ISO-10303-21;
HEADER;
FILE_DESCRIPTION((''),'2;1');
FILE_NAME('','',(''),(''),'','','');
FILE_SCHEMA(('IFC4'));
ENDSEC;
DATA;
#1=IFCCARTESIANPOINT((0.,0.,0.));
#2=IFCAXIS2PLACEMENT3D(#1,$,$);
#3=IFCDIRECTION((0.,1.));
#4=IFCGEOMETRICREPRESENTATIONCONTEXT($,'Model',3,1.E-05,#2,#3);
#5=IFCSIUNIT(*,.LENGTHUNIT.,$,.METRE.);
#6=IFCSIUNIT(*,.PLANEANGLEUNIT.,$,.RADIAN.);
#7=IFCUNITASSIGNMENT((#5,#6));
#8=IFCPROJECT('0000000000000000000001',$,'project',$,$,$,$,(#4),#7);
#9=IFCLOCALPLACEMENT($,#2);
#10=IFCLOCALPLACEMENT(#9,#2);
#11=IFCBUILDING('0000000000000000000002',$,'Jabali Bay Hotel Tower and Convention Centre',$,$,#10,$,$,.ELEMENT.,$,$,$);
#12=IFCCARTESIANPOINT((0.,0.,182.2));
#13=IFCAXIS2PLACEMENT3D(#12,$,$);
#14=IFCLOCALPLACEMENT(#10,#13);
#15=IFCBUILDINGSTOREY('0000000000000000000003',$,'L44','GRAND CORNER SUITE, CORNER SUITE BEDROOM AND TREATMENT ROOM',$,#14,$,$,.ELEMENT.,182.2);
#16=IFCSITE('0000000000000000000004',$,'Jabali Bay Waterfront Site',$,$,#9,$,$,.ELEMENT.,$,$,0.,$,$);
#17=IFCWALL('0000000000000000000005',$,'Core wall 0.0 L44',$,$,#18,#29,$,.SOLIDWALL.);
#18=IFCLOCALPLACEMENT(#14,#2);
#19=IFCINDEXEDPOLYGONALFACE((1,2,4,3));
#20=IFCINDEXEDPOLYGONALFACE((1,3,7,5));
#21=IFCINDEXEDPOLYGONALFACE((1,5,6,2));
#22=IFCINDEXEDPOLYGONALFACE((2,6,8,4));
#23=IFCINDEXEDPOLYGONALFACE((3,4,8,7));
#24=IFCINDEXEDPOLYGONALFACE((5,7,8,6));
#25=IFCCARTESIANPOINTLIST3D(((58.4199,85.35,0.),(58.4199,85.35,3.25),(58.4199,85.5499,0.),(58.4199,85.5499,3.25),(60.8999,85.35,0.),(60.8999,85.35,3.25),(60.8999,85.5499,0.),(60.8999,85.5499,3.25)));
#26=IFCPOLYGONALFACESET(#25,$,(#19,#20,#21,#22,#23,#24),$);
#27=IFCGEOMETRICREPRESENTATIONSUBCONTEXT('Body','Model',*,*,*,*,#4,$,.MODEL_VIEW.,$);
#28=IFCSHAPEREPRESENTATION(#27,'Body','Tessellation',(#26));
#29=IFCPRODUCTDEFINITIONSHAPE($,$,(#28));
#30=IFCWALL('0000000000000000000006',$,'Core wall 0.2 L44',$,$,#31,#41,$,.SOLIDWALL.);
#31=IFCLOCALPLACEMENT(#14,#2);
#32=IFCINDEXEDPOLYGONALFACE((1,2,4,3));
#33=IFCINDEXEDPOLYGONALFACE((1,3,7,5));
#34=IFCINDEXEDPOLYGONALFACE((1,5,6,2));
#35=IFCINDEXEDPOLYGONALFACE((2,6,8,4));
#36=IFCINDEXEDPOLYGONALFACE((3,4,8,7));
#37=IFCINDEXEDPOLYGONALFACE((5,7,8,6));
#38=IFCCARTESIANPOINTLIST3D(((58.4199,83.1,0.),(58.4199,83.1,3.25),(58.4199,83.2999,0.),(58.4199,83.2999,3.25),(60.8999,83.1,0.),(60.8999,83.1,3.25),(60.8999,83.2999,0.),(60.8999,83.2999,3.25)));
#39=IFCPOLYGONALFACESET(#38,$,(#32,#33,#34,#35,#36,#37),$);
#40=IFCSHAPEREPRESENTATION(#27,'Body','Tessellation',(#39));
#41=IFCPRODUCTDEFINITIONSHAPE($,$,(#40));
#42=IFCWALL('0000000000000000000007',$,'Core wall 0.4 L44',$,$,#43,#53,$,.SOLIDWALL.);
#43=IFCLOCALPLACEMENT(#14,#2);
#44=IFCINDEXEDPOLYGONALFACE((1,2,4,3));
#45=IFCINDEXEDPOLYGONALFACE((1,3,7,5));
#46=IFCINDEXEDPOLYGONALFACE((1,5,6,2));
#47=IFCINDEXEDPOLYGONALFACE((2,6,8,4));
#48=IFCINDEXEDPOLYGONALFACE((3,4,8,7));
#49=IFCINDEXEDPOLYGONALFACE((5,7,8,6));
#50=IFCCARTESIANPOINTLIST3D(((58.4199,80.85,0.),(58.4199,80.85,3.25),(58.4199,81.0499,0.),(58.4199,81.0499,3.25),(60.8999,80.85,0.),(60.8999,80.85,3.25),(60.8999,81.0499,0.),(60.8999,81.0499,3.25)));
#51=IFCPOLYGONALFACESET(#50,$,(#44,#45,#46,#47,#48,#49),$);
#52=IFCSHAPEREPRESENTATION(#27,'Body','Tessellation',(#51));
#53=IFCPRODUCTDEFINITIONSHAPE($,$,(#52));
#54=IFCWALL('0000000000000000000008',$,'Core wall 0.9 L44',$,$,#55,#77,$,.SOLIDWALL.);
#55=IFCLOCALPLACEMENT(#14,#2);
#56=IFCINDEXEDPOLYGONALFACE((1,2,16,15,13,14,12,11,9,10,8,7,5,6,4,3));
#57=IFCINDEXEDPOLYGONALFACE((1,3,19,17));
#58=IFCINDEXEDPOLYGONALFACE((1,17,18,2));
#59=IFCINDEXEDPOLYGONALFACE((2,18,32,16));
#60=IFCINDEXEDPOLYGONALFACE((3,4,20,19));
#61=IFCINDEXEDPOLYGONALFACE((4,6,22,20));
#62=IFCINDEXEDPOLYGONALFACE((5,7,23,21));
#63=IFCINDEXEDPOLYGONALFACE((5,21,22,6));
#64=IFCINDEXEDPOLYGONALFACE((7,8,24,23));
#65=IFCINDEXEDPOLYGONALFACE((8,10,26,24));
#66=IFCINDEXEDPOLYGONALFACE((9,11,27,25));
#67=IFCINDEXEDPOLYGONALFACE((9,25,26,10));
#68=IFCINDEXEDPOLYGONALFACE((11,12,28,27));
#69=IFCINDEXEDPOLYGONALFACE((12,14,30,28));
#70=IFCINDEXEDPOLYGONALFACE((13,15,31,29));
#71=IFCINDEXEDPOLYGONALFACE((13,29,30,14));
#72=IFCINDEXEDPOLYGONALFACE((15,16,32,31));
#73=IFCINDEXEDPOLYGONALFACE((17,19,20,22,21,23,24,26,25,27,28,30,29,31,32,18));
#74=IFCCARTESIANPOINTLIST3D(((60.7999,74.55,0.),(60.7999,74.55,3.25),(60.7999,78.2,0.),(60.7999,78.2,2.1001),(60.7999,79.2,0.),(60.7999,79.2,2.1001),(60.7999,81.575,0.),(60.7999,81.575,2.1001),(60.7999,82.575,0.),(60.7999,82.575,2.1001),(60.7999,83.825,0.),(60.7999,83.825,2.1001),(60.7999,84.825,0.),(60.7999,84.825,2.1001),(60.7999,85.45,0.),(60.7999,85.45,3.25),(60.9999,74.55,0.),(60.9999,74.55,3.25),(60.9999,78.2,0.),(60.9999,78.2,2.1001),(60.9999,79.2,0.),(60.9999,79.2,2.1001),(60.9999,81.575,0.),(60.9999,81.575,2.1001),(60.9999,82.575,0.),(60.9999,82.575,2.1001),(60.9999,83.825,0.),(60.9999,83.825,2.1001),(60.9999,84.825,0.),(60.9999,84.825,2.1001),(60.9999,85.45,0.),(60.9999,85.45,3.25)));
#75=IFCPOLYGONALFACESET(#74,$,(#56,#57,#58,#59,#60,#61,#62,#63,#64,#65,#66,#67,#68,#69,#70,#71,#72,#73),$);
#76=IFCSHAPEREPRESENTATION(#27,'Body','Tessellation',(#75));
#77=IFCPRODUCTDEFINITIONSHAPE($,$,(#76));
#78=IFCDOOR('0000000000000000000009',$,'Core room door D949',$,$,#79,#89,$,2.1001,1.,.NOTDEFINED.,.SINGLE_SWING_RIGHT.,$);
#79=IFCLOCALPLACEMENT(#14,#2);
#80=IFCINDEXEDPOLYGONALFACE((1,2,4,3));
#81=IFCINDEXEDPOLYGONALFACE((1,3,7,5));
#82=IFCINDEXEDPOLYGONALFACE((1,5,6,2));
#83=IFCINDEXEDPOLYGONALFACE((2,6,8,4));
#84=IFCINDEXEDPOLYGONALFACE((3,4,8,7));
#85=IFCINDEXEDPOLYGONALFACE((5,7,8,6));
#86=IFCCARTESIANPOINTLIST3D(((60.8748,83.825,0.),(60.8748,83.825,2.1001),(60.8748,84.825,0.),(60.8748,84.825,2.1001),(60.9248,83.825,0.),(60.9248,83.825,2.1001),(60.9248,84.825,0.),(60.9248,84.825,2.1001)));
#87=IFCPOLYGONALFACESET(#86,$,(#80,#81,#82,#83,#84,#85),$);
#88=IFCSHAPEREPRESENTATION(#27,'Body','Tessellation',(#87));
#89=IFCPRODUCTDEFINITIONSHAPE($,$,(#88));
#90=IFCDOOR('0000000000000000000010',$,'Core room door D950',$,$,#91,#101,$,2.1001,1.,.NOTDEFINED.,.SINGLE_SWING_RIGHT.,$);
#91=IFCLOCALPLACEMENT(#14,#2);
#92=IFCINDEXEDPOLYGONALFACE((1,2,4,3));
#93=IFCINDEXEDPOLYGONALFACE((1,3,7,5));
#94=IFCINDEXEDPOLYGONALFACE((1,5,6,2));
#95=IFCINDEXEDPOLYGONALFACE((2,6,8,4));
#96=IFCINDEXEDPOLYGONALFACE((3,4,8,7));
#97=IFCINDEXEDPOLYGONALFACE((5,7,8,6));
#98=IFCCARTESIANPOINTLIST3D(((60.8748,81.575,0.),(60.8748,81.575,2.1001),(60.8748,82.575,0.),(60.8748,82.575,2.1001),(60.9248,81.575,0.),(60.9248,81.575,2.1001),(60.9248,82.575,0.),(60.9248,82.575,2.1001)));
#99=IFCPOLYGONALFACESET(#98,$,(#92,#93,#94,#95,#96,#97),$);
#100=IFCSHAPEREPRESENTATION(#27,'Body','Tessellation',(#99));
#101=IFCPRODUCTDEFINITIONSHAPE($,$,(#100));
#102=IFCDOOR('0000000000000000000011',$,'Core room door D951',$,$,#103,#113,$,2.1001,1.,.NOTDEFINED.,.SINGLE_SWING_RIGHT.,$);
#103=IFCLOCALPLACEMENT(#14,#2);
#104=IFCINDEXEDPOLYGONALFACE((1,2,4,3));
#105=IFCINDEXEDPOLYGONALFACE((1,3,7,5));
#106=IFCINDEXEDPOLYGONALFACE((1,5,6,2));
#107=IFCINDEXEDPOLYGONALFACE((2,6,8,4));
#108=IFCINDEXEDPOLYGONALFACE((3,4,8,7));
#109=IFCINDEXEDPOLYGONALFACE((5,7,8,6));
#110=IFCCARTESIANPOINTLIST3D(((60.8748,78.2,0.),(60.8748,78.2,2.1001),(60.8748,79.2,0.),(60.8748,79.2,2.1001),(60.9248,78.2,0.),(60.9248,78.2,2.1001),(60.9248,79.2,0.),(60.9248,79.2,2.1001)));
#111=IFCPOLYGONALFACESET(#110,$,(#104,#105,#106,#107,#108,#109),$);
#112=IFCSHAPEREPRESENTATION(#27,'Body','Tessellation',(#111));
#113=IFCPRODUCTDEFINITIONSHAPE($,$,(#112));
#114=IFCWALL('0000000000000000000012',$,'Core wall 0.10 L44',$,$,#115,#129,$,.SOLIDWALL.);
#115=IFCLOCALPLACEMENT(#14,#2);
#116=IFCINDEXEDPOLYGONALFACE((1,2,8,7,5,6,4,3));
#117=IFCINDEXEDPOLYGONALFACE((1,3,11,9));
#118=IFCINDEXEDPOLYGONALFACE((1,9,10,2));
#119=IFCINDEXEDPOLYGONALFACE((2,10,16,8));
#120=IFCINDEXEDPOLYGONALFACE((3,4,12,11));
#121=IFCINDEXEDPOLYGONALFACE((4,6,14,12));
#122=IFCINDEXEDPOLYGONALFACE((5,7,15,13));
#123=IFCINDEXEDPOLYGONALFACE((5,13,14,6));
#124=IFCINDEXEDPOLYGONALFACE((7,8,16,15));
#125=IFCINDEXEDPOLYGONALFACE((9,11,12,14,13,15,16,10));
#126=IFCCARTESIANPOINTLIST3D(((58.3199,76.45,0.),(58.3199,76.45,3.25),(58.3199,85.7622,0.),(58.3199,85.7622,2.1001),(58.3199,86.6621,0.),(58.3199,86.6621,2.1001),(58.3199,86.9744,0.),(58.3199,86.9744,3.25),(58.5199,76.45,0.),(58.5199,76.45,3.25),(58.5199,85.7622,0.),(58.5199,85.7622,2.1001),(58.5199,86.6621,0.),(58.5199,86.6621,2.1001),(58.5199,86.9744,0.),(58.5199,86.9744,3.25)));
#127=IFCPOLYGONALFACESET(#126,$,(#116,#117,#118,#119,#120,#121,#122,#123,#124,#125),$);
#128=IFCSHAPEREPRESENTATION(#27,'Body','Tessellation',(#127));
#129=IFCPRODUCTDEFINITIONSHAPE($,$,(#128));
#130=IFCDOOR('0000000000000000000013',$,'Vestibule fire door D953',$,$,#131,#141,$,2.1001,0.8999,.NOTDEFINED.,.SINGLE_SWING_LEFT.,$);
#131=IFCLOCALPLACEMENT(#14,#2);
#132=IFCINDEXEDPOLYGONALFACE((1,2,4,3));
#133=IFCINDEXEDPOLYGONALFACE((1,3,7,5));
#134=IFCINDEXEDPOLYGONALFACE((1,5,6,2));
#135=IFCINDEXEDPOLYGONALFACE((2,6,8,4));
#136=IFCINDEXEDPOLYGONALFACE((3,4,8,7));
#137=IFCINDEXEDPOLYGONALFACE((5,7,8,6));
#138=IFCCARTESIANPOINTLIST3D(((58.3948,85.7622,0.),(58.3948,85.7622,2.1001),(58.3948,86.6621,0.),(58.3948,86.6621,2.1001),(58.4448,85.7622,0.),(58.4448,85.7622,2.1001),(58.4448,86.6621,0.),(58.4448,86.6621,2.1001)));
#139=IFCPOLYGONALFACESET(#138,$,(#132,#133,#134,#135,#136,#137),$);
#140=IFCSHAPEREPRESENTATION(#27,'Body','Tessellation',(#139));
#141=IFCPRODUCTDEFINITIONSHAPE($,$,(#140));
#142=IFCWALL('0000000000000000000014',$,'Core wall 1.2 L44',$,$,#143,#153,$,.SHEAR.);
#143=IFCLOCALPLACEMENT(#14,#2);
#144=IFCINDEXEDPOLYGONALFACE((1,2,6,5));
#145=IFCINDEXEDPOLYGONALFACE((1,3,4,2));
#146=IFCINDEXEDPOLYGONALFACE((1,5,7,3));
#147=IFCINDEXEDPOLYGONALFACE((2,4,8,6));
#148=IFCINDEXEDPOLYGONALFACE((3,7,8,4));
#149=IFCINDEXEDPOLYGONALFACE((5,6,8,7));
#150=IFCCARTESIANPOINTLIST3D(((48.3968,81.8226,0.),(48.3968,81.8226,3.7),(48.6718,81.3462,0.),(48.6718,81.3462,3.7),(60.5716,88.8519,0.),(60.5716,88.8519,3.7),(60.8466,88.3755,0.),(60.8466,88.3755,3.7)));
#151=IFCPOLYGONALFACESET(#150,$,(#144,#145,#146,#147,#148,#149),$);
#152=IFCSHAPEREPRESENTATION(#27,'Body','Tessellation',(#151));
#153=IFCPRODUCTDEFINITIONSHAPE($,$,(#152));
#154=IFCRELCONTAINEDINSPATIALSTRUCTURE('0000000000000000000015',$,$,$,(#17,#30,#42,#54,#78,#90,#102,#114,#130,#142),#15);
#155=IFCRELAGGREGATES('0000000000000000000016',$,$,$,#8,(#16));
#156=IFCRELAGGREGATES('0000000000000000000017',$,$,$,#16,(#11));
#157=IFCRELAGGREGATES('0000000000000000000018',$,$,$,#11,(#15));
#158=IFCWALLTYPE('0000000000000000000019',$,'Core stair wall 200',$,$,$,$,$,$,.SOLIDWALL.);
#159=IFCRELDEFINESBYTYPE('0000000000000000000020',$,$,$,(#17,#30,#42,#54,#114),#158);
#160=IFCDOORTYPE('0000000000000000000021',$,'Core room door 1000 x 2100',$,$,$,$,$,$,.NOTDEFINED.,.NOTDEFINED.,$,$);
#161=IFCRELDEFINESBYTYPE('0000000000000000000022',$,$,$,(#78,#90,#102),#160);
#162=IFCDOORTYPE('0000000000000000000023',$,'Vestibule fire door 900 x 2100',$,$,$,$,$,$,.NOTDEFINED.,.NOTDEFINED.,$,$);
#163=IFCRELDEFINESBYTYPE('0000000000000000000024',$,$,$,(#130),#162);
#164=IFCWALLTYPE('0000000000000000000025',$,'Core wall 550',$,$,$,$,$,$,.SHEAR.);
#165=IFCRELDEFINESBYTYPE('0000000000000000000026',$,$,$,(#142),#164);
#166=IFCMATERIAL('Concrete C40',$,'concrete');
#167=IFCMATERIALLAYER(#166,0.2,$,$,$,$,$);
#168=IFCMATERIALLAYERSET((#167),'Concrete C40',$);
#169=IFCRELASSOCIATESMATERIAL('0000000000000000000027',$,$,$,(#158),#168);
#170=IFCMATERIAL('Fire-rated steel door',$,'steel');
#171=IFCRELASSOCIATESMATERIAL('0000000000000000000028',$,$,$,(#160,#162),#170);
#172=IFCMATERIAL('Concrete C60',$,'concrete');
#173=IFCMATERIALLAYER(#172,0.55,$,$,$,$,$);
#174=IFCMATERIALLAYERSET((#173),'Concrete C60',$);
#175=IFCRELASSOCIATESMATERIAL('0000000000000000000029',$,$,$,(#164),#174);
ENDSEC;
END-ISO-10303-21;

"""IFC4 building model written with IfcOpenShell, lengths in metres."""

from ifc_helpers import new_model, si_unit, direction, frame, frame_2d, origin, place, context, subcontext, project, spatial, rectangle, extrude, material, layer, layer_set, type_object, element, fill, save


model = new_model("IFC4")

# Units and contexts
model_context = context("Model", 3, precision=1e-05, world=origin(), true_north=direction((0.0, 1.0)))
body_context = subcontext(model_context, "Body", "Model", "MODEL_VIEW")
ifc_project = project(units=[si_unit("LENGTHUNIT", "METRE"), si_unit("PLANEANGLEUNIT", "RADIAN")], contexts=[model_context])

# Site, building, storey
site_placement = place(None, origin())
site = spatial("IfcSite", under=ifc_project, at=site_placement, Name="Jabali Bay Waterfront Site", CompositionType="ELEMENT", RefElevation=0.0)
building_placement = place(site_placement, origin())
building = spatial("IfcBuilding", under=site, at=building_placement, Name="Jabali Bay Hotel Tower and Convention Centre", CompositionType="ELEMENT")
storey_placement = place(building_placement, frame((0.0, 0.0, 182.2)))
storey = spatial("IfcBuildingStorey", under=building, at=storey_placement, Name="L44", Description="GRAND CORNER SUITE, CORNER SUITE BEDROOM AND TREATMENT ROOM", CompositionType="ELEMENT", Elevation=182.2)

# Walls
ifc_material_1 = material(Name="Concrete C40", Category="concrete")
ifc_layer_1 = layer(ifc_material_1, 0.2)
ifc_layer_set_1 = layer_set([ifc_layer_1], Name="Concrete C40")
wall_type_1 = type_object("IfcWallType", Name="Core stair wall 200", PredefinedType="SOLIDWALL", material=ifc_layer_set_1)
for number, where, z_axis, x_axis, name in (
    (1, (60.8999, 85.45, 0.0), (0.0, 0.0, 1.0), (-1.0, 0.0, 0.0), "Core wall 0.0 L44"),
    (2, (60.8999, 83.2, 0.0), (0.0, 0.0, 1.0), (-1.0, 0.0, 0.0), "Core wall 0.2 L44"),
    (3, (60.8999, 80.95, 0.0), (0.0, 0.0, 1.0), (-1.0, 0.0, 0.0), "Core wall 0.4 L44"),
):
    element("IfcWall", number, at=place(storey_placement, frame(where, z_axis=z_axis, x_axis=x_axis)), inside=storey, type_object=wall_type_1, Name=name, PredefinedType="SOLIDWALL", context=body_context, shape_type="SweptSolid", body=[
        extrude(rectangle(XDim=2.48, YDim=0.2, at=frame_2d((1.24, 0.0))), origin(), (0.0, 0.0, 1.0), 3.25),
    ])

# Wall, openings, doors
wall_1_placement = place(storey_placement, frame((60.8999, 85.45, 0.0), z_axis=(0.0, 0.0, 1.0), x_axis=(0.0, -1.0, 0.0)))
wall_1 = element("IfcWall", 4, at=wall_1_placement, inside=storey, type_object=wall_type_1, Name="Core wall 0.9 L44", PredefinedType="SOLIDWALL", context=body_context, shape_type="SweptSolid", body=[
    extrude(rectangle(XDim=10.8999, YDim=0.2, at=frame_2d((5.45, 0.0))), origin(), (0.0, 0.0, 1.0), 3.25),
])
opening_1_placement = place(wall_1_placement, frame((0.625, 0.0, 0.0)))
opening_1 = element("IfcOpeningElement", 5, at=opening_1_placement, cuts=wall_1, PredefinedType="OPENING", context=body_context, shape_type="SweptSolid", body=[
    extrude(rectangle(XDim=1.0, YDim=2.1001, at=frame_2d((0.5, 1.05))), frame((0.0, 0.1104, 0.0), z_axis=(0.0, -1.0, 0.0), x_axis=(1.0, 0.0, 0.0)), (0.0, 0.0, 1.0), 0.2209),
])
opening_2_placement = place(wall_1_placement, frame((2.875, 0.0, 0.0)))
opening_2 = element("IfcOpeningElement", 6, at=opening_2_placement, cuts=wall_1, PredefinedType="OPENING", context=body_context, shape_type="SweptSolid", body=[
    extrude(rectangle(XDim=1.0, YDim=2.1001, at=frame_2d((0.5, 1.05))), frame((0.0, 0.1104, 0.0), z_axis=(0.0, -1.0, 0.0), x_axis=(1.0, 0.0, 0.0)), (0.0, 0.0, 1.0), 0.2209),
])
opening_3_placement = place(wall_1_placement, frame((6.25, 0.0, 0.0)))
opening_3 = element("IfcOpeningElement", 7, at=opening_3_placement, cuts=wall_1, PredefinedType="OPENING", context=body_context, shape_type="SweptSolid", body=[
    extrude(rectangle(XDim=1.0, YDim=2.1001, at=frame_2d((0.5, 1.05))), frame((0.0, 0.1104, 0.0), z_axis=(0.0, -1.0, 0.0), x_axis=(1.0, 0.0, 0.0)), (0.0, 0.0, 1.0), 0.2209),
])
ifc_material_2 = material(Name="Fire-rated steel door", Category="steel")
door_type_1 = type_object("IfcDoorType", Name="Core room door 1000 x 2100", OperationType="NOTDEFINED", PredefinedType="NOTDEFINED", material=ifc_material_2)
door_1_placement = place(opening_1_placement, origin())
door_1 = element("IfcDoor", 8, at=door_1_placement, inside=storey, type_object=door_type_1, Name="Core room door D949", OperationType="SINGLE_SWING_RIGHT", OverallHeight=2.1001, OverallWidth=1.0, PredefinedType="NOTDEFINED", context=body_context, shape_type="SweptSolid", body=[
    extrude(rectangle(XDim=1.0, YDim=2.1001, at=frame_2d((0.5, 1.05))), frame((0.0, 0.0249, 0.0), z_axis=(0.0, -1.0, 0.0), x_axis=(1.0, 0.0, 0.0)), (0.0, 0.0, 1.0), 0.05),
])
fill(opening_1, door_1)
door_2_placement = place(opening_2_placement, origin())
door_2 = element("IfcDoor", 9, at=door_2_placement, inside=storey, type_object=door_type_1, Name="Core room door D950", OperationType="SINGLE_SWING_RIGHT", OverallHeight=2.1001, OverallWidth=1.0, PredefinedType="NOTDEFINED", context=body_context, shape_type="SweptSolid", body=[
    extrude(rectangle(XDim=1.0, YDim=2.1001, at=frame_2d((0.5, 1.05))), frame((0.0, 0.0249, 0.0), z_axis=(0.0, -1.0, 0.0), x_axis=(1.0, 0.0, 0.0)), (0.0, 0.0, 1.0), 0.05),
])
fill(opening_2, door_2)
door_3_placement = place(opening_3_placement, origin())
door_3 = element("IfcDoor", 10, at=door_3_placement, inside=storey, type_object=door_type_1, Name="Core room door D951", OperationType="SINGLE_SWING_RIGHT", OverallHeight=2.1001, OverallWidth=1.0, PredefinedType="NOTDEFINED", context=body_context, shape_type="SweptSolid", body=[
    extrude(rectangle(XDim=1.0, YDim=2.1001, at=frame_2d((0.5, 1.05))), frame((0.0, 0.0249, 0.0), z_axis=(0.0, -1.0, 0.0), x_axis=(1.0, 0.0, 0.0)), (0.0, 0.0, 1.0), 0.05),
])
fill(opening_3, door_3)

# Wall, opening, door
wall_2_placement = place(storey_placement, frame((58.4199, 86.9744, 0.0), z_axis=(0.0, 0.0, 1.0), x_axis=(0.0, -1.0, 0.0)))
wall_2 = element("IfcWall", 11, at=wall_2_placement, inside=storey, type_object=wall_type_1, Name="Core wall 0.10 L44", PredefinedType="SOLIDWALL", context=body_context, shape_type="SweptSolid", body=[
    extrude(rectangle(XDim=10.5244, YDim=0.2, at=frame_2d((5.2622, 0.0))), origin(), (0.0, 0.0, 1.0), 3.25),
])
opening_4_placement = place(wall_2_placement, frame((0.3123, 0.0, 0.0)))
opening_4 = element("IfcOpeningElement", 12, at=opening_4_placement, cuts=wall_2, PredefinedType="OPENING", context=body_context, shape_type="SweptSolid", body=[
    extrude(rectangle(XDim=0.8999, YDim=2.1001, at=frame_2d((0.45, 1.05))), frame((0.0, 0.1104, 0.0), z_axis=(0.0, -1.0, 0.0), x_axis=(1.0, 0.0, 0.0)), (0.0, 0.0, 1.0), 0.2209),
])
door_type_2 = type_object("IfcDoorType", Name="Vestibule fire door 900 x 2100", OperationType="NOTDEFINED", PredefinedType="NOTDEFINED", material=ifc_material_2)
door_4_placement = place(opening_4_placement, origin())
door_4 = element("IfcDoor", 13, at=door_4_placement, inside=storey, type_object=door_type_2, Name="Vestibule fire door D953", OperationType="SINGLE_SWING_LEFT", OverallHeight=2.1001, OverallWidth=0.8999, PredefinedType="NOTDEFINED", context=body_context, shape_type="SweptSolid", body=[
    extrude(rectangle(XDim=0.8999, YDim=2.1001, at=frame_2d((0.45, 1.05))), frame((0.0, 0.0249, 0.0), z_axis=(0.0, -1.0, 0.0), x_axis=(1.0, 0.0, 0.0)), (0.0, 0.0, 1.0), 0.05),
])
fill(opening_4, door_4)

# Wall
ifc_material_3 = material(Name="Concrete C60", Category="concrete")
ifc_layer_2 = layer(ifc_material_3, 0.55)
ifc_layer_set_2 = layer_set([ifc_layer_2], Name="Concrete C60")
wall_type_2 = type_object("IfcWallType", Name="Core wall 550", PredefinedType="SHEAR", material=ifc_layer_set_2)
wall_3_placement = place(storey_placement, frame((60.7092, 88.6138, 0.0), z_axis=(0.0, 0.0, 1.0), x_axis=(-0.86602, -0.500009, 0.0)))
element("IfcWall", 14, at=wall_3_placement, inside=storey, type_object=wall_type_2, Name="Core wall 1.2 L44", PredefinedType="SHEAR", context=body_context, shape_type="SweptSolid", body=[
    extrude(rectangle(XDim=14.0583, YDim=0.55, at=frame_2d((7.0293, 0.0))), origin(), (0.0, 0.0, 1.0), 3.7),
])

save(model, "model.ifc")
